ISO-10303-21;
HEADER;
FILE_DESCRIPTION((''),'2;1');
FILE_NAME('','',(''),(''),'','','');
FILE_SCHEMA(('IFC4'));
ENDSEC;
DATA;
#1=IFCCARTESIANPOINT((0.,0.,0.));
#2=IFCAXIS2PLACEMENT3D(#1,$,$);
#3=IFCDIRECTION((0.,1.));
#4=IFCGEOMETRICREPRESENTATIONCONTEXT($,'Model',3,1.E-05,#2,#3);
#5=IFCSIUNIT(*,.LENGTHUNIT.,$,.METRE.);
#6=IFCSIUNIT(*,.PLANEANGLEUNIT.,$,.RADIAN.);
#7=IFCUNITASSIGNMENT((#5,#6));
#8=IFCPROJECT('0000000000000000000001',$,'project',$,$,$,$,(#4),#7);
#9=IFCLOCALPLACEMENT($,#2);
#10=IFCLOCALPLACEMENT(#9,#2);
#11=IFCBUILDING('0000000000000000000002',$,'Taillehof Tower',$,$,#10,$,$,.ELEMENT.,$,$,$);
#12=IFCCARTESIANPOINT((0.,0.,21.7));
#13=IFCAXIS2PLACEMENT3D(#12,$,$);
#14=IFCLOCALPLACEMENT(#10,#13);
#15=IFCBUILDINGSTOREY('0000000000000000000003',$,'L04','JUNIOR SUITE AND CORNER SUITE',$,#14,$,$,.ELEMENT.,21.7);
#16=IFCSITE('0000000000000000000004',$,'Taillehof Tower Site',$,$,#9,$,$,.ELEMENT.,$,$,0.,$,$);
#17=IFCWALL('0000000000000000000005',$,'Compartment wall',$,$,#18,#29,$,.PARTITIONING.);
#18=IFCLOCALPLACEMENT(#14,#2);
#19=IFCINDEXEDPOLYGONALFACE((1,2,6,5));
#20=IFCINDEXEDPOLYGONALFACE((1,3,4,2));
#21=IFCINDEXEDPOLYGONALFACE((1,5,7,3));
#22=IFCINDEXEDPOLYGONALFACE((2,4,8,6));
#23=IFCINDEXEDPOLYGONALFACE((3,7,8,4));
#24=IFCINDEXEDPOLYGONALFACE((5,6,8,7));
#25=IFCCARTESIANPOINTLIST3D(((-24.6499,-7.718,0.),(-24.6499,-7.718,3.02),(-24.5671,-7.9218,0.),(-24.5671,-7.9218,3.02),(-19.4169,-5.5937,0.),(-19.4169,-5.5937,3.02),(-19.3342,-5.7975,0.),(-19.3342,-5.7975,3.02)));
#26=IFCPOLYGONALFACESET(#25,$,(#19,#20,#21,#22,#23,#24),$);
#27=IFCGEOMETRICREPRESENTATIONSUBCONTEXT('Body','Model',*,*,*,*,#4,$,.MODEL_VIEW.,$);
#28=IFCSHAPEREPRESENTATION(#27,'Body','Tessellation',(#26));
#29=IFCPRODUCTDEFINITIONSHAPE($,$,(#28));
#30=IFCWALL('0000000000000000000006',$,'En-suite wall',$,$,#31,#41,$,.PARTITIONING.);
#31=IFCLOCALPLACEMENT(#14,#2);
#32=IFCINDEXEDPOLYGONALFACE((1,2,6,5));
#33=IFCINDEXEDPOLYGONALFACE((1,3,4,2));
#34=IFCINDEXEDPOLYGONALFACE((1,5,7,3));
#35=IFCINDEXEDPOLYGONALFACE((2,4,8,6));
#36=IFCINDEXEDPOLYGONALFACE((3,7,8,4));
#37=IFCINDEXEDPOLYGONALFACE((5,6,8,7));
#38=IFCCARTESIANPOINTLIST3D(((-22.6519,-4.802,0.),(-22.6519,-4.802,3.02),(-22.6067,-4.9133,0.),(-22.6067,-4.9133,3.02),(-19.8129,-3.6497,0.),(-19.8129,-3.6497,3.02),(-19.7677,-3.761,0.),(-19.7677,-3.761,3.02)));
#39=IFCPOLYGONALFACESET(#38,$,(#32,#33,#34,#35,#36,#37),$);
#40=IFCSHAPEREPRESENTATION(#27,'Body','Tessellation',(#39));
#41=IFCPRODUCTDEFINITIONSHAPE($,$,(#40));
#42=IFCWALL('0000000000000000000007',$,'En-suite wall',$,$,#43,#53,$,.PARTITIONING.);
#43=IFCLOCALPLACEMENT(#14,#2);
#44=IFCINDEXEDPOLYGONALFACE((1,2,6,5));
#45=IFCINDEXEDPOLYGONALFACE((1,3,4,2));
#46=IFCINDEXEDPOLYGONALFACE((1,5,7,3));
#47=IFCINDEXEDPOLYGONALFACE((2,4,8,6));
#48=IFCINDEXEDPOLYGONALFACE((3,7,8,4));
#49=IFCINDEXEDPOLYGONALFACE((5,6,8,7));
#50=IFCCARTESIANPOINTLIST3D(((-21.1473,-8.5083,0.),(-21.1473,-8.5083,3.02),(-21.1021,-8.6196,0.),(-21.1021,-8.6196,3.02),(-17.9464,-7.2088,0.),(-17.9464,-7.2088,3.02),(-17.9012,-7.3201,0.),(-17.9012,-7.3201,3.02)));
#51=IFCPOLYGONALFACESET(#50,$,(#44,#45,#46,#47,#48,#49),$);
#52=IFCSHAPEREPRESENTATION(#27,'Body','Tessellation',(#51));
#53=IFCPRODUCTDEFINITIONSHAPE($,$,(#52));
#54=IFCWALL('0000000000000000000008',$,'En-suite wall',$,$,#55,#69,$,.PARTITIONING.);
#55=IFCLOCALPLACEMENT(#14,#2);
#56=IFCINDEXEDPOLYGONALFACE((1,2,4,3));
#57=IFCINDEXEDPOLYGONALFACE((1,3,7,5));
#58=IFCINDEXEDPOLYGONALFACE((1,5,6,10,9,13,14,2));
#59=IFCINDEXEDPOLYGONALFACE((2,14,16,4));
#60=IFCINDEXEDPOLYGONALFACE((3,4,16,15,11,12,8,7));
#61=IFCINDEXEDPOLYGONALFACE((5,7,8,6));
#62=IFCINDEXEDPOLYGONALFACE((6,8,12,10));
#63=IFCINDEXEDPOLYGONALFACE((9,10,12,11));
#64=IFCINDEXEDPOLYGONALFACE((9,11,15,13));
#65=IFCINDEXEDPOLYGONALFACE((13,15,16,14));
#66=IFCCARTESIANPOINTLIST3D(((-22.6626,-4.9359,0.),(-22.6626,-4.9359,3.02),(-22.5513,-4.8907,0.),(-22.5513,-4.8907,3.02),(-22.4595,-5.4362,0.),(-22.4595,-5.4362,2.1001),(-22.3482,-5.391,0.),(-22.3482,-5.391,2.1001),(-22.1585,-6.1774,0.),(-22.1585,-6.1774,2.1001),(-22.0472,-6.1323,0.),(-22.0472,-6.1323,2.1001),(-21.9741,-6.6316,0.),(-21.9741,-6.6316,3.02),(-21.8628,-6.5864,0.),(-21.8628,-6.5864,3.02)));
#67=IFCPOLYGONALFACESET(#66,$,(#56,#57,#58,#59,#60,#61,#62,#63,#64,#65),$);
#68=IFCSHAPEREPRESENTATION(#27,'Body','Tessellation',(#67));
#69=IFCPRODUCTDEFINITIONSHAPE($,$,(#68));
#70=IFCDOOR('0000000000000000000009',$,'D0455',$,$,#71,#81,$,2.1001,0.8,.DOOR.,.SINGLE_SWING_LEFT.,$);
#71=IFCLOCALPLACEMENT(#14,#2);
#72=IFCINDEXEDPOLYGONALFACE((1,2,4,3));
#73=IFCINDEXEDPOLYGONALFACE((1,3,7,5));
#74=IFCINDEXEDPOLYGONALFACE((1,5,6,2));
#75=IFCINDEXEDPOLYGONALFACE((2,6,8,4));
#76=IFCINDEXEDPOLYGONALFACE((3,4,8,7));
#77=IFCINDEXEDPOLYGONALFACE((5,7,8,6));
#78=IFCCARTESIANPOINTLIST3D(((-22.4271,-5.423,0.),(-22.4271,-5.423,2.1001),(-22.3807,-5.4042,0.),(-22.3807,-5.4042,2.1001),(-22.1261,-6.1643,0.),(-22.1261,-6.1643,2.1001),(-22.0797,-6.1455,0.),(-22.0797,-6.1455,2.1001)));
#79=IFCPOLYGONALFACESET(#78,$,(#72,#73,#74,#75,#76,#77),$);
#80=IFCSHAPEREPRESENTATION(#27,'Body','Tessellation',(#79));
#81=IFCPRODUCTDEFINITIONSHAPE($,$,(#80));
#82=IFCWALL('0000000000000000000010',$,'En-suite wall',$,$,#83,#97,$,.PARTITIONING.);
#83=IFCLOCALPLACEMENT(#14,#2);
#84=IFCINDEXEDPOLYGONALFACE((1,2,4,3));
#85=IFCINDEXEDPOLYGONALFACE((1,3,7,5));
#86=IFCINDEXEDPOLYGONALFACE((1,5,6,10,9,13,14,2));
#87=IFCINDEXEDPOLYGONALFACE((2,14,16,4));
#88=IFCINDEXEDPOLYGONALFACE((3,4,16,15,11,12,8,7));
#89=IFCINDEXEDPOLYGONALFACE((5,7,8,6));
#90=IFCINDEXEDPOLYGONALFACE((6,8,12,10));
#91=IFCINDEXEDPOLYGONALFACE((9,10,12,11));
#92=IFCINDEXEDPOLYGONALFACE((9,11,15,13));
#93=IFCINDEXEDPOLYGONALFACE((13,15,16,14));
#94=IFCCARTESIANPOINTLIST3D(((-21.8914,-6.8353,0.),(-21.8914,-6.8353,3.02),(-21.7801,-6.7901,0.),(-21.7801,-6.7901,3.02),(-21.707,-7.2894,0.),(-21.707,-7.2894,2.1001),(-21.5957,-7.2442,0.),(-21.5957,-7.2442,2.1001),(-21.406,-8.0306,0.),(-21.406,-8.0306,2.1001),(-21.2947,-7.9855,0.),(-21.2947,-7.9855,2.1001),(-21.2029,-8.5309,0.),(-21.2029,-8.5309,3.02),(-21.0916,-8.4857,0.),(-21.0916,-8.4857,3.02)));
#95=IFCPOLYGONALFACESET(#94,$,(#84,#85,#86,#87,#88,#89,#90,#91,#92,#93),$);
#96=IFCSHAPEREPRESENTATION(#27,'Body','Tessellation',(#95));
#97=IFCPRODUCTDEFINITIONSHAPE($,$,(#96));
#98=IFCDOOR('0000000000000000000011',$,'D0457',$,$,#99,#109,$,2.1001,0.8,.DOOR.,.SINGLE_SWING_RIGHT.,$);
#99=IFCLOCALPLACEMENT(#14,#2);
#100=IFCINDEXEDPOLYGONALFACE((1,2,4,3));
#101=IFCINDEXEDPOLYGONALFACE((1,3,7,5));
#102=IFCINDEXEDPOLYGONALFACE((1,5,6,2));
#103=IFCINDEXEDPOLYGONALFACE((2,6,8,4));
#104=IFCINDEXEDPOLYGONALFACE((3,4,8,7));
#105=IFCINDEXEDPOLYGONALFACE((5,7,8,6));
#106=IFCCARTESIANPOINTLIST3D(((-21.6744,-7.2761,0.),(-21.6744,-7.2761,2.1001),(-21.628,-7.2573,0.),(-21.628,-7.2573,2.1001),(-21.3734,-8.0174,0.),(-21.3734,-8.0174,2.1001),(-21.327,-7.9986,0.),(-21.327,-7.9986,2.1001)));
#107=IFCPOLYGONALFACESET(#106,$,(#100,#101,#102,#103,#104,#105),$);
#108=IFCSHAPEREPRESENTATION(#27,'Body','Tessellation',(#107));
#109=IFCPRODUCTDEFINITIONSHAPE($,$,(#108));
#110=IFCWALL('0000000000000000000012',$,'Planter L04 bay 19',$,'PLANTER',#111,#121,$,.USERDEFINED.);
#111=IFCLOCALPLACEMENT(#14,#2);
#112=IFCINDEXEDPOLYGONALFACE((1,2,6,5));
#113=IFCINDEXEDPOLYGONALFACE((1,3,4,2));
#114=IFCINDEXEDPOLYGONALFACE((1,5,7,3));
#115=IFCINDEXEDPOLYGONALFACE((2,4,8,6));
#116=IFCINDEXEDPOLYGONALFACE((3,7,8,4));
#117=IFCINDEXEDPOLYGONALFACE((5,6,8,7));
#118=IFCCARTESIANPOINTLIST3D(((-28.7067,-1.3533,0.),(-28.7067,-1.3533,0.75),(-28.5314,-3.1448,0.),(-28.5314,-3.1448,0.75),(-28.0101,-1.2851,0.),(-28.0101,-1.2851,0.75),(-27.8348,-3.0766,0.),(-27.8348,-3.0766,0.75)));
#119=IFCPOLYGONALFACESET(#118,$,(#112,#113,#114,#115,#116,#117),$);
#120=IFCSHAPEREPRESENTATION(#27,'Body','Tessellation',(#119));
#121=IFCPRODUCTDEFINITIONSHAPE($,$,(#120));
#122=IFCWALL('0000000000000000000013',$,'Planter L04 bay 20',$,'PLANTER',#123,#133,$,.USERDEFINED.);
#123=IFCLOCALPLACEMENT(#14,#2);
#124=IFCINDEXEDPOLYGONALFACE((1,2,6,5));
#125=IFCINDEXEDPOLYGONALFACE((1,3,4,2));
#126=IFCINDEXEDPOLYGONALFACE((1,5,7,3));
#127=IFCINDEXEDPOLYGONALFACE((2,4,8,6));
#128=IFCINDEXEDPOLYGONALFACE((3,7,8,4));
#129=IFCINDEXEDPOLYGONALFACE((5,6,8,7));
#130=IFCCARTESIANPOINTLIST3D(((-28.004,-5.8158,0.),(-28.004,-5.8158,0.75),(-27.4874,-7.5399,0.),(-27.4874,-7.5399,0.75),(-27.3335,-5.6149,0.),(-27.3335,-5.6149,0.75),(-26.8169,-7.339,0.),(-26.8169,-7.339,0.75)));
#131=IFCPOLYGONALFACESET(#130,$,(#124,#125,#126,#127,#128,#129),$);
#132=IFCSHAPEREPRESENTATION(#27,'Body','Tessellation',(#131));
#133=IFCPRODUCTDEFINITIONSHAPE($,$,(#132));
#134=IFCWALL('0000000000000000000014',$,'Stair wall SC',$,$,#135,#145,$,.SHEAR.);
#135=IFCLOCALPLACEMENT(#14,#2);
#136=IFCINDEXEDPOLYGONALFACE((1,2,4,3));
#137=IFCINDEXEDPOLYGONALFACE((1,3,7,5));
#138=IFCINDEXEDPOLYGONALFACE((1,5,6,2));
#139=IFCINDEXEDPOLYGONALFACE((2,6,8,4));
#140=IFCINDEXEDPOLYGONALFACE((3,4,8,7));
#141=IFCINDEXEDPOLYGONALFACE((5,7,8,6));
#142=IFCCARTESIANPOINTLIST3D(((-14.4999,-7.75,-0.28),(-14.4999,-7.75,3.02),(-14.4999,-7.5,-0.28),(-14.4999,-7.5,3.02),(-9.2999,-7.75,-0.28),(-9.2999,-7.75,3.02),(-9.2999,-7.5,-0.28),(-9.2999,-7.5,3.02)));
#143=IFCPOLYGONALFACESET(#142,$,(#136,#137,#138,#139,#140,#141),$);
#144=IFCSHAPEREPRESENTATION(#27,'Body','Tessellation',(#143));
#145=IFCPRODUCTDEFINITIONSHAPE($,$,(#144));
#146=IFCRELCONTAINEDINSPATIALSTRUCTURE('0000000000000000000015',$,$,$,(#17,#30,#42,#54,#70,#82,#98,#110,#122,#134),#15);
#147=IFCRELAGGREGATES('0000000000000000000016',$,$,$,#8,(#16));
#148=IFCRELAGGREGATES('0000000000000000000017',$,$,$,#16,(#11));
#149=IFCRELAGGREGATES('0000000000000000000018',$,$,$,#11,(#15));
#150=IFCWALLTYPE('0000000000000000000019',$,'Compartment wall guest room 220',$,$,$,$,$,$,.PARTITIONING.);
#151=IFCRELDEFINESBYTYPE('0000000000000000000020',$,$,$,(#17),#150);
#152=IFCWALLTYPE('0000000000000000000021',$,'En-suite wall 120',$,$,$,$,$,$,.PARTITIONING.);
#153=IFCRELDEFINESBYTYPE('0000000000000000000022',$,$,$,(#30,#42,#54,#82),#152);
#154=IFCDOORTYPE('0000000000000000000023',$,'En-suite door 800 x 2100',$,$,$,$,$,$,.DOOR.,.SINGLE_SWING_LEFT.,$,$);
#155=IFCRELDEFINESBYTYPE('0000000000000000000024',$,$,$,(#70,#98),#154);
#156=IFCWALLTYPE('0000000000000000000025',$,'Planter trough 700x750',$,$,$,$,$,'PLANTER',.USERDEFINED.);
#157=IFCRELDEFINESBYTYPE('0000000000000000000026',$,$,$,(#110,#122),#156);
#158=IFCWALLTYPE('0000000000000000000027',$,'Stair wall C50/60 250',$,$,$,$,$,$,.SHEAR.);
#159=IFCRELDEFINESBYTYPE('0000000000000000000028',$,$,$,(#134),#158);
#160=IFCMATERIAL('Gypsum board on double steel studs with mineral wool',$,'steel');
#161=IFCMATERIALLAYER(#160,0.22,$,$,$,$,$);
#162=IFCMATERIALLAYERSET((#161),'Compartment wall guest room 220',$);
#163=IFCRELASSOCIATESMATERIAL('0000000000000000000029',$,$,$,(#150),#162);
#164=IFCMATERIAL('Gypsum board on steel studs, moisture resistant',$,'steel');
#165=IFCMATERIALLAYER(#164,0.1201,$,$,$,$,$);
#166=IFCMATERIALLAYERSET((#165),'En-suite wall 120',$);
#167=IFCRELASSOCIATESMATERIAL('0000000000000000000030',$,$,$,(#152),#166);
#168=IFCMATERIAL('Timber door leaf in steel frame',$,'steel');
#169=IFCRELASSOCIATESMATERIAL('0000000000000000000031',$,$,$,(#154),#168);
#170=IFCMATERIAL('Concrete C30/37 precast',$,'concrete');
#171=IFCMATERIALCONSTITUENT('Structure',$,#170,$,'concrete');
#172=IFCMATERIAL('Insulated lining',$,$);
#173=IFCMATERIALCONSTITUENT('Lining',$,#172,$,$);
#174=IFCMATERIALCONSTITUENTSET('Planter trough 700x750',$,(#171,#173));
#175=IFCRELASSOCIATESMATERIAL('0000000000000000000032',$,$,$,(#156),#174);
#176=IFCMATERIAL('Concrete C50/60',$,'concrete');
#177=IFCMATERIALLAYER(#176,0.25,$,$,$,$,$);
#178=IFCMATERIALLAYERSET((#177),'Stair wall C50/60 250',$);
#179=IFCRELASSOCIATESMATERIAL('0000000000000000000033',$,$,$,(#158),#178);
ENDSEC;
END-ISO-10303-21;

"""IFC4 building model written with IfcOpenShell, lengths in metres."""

from ifc_helpers import new_model, si_unit, direction, frame, frame_2d, origin, place, context, subcontext, project, spatial, rectangle, extrude, material, layer, layer_set, constituent, constituent_set, type_object, element, fill, save


model = new_model("IFC4")

# Units and contexts
model_context = context("Model", 3, precision=1e-05, world=origin(), true_north=direction((0.0, 1.0)))
body_context = subcontext(model_context, "Body", "Model", "MODEL_VIEW")
ifc_project = project(units=[si_unit("LENGTHUNIT", "METRE"), si_unit("PLANEANGLEUNIT", "RADIAN")], contexts=[model_context])

# Site, building, storey
site_placement = place(None, origin())
site = spatial("IfcSite", under=ifc_project, at=site_placement, Name="Taillehof Tower Site", CompositionType="ELEMENT", RefElevation=0.0)
building_placement = place(site_placement, origin())
building = spatial("IfcBuilding", under=site, at=building_placement, Name="Taillehof Tower", CompositionType="ELEMENT")
storey_placement = place(building_placement, frame((0.0, 0.0, 21.7)))
storey = spatial("IfcBuildingStorey", under=building, at=storey_placement, Name="L04", Description="JUNIOR SUITE AND CORNER SUITE", CompositionType="ELEMENT", Elevation=21.7)

# Walls
ifc_material_1 = material(Name="Gypsum board on double steel studs with mineral wool", Category="steel")
ifc_layer_1 = layer(ifc_material_1, 0.22)
ifc_layer_set_1 = layer_set([ifc_layer_1], Name="Compartment wall guest room 220")
wall_type_1 = type_object("IfcWallType", Name="Compartment wall guest room 220", PredefinedType="PARTITIONING", material=ifc_layer_set_1)
wall_1_placement = place(storey_placement, frame((-24.6084, -7.8198, 0.0), z_axis=(0.0, 0.0, 1.0), x_axis=(0.926565, 0.376134, 0.0)))
element("IfcWall", 1, at=wall_1_placement, inside=storey, type_object=wall_type_1, Name="Compartment wall", PredefinedType="PARTITIONING", context=body_context, shape_type="SweptSolid", body=[
    extrude(rectangle(XDim=5.6477, YDim=0.22, at=frame_2d((2.8237, 0.0))), origin(), (0.0, 0.0, 1.0), 3.02),
])
ifc_material_2 = material(Name="Gypsum board on steel studs, moisture resistant", Category="steel")
ifc_layer_2 = layer(ifc_material_2, 0.1201)
ifc_layer_set_2 = layer_set([ifc_layer_2], Name="En-suite wall 120")
wall_type_2 = type_object("IfcWallType", Name="En-suite wall 120", PredefinedType="PARTITIONING", material=ifc_layer_set_2)
wall_2_placement = place(storey_placement, frame((-19.7903, -3.7053, 0.0), z_axis=(0.0, 0.0, 1.0), x_axis=(-0.926585, -0.376084, 0.0)))
element("IfcWall", 2, at=wall_2_placement, inside=storey, type_object=wall_type_2, Name="En-suite wall", PredefinedType="PARTITIONING", context=body_context, shape_type="SweptSolid", body=[
    extrude(rectangle(XDim=3.064, YDim=0.1201, at=frame_2d((1.532, 0.0))), origin(), (0.0, 0.0, 1.0), 3.02),
])
wall_3_placement = place(storey_placement, frame((-17.9238, -7.2644, 0.0), z_axis=(0.0, 0.0, 1.0), x_axis=(-0.926549, -0.376174, 0.0)))
element("IfcWall", 3, at=wall_3_placement, inside=storey, type_object=wall_type_2, Name="En-suite wall", PredefinedType="PARTITIONING", context=body_context, shape_type="SweptSolid", body=[
    extrude(rectangle(XDim=3.4546, YDim=0.1201, at=frame_2d((1.7273, 0.0))), origin(), (0.0, 0.0, 1.0), 3.02),
])

# Walls, openings, doors
wall_4_placement = place(storey_placement, frame((-22.6069, -4.9133, 0.0), z_axis=(0.0, 0.0, 1.0), x_axis=(0.376216, -0.926532, 0.0)))
wall_4 = element("IfcWall", 4, at=wall_4_placement, inside=storey, type_object=wall_type_2, Name="En-suite wall", PredefinedType="PARTITIONING", context=body_context, shape_type="SweptSolid", body=[
    extrude(rectangle(XDim=1.8301, YDim=0.1201, at=frame_2d((0.915, 0.0))), origin(), (0.0, 0.0, 1.0), 3.02),
])
opening_1_placement = place(wall_4_placement, frame((0.54, 0.0, 0.0)))
opening_1 = element("IfcOpeningElement", 5, at=opening_1_placement, cuts=wall_4, PredefinedType="OPENING", context=body_context, shape_type="SweptSolid", body=[
    extrude(rectangle(XDim=0.8, YDim=2.1001, at=frame_2d((0.3999, 1.05))), frame((0.0, 0.0701, 0.0), z_axis=(0.0, -1.0, 0.0), x_axis=(1.0, 0.0, 0.0)), (0.0, 0.0, 1.0), 0.1401),
])
ifc_material_3 = material(Name="Timber door leaf in steel frame", Category="steel")
door_type_1 = type_object("IfcDoorType", Name="En-suite door 800 x 2100", OperationType="SINGLE_SWING_LEFT", PredefinedType="DOOR", material=ifc_material_3)
door_1_placement = place(opening_1_placement, origin())
door_1 = element("IfcDoor", 6, at=door_1_placement, inside=storey, type_object=door_type_1, Name="D0455", OperationType="SINGLE_SWING_LEFT", OverallHeight=2.1001, OverallWidth=0.8, PredefinedType="DOOR", context=body_context, shape_type="SweptSolid", body=[
    extrude(rectangle(XDim=0.8, YDim=2.1001, at=frame_2d((0.3999, 1.05))), frame((0.0, 0.0249, 0.0), z_axis=(0.0, -1.0, 0.0), x_axis=(1.0, 0.0, 0.0)), (0.0, 0.0, 1.0), 0.05),
])
fill(opening_1, door_1)
wall_5_placement = place(storey_placement, frame((-21.1472, -8.5083, 0.0), z_axis=(0.0, 0.0, 1.0), x_axis=(-0.376216, 0.926532, 0.0)))
wall_5 = element("IfcWall", 7, at=wall_5_placement, inside=storey, type_object=wall_type_2, Name="En-suite wall", PredefinedType="PARTITIONING", context=body_context, shape_type="SweptSolid", body=[
    extrude(rectangle(XDim=1.8301, YDim=0.1201, at=frame_2d((0.915, 0.0))), origin(), (0.0, 0.0, 1.0), 3.02),
])
opening_2_placement = place(wall_5_placement, frame((0.54, 0.0, 0.0)))
opening_2 = element("IfcOpeningElement", 8, at=opening_2_placement, cuts=wall_5, PredefinedType="OPENING", context=body_context, shape_type="SweptSolid", body=[
    extrude(rectangle(XDim=0.8, YDim=2.1001, at=frame_2d((0.3999, 1.05))), frame((0.0, 0.0701, 0.0), z_axis=(0.0, -1.0, 0.0), x_axis=(1.0, 0.0, 0.0)), (0.0, 0.0, 1.0), 0.1401),
])
door_2_placement = place(opening_2_placement, origin())
door_2 = element("IfcDoor", 9, at=door_2_placement, inside=storey, type_object=door_type_1, Name="D0457", OperationType="SINGLE_SWING_RIGHT", OverallHeight=2.1001, OverallWidth=0.8, PredefinedType="DOOR", context=body_context, shape_type="SweptSolid", body=[
    extrude(rectangle(XDim=0.8, YDim=2.1001, at=frame_2d((0.3999, 1.05))), frame((0.0, 0.0249, 0.0), z_axis=(0.0, -1.0, 0.0), x_axis=(1.0, 0.0, 0.0)), (0.0, 0.0, 1.0), 0.05),
])
fill(opening_2, door_2)

# Walls
ifc_material_4 = material(Name="Concrete C30/37 precast", Category="concrete")
ifc_constituent_1 = constituent(ifc_material_4, Name="Structure", Category="concrete")
ifc_material_5 = material(Name="Insulated lining")
ifc_constituent_2 = constituent(ifc_material_5, Name="Lining")
ifc_constituent_set = constituent_set(constituents=[ifc_constituent_1, ifc_constituent_2], Name="Planter trough 700x750")
wall_type_3 = type_object("IfcWallType", Name="Planter trough 700x750", ElementType="PLANTER", PredefinedType="USERDEFINED", material=ifc_constituent_set)
wall_6_placement = place(storey_placement, frame((-28.3584, -1.3193, 0.0), z_axis=(0.0, 0.0, 1.0), x_axis=(0.097382, -0.995247, 0.0)))
element("IfcWall", 10, at=wall_6_placement, inside=storey, type_object=wall_type_3, Name="Planter L04 bay 19", ObjectType="PLANTER", PredefinedType="USERDEFINED", context=body_context, shape_type="SweptSolid", body=[
    extrude(rectangle(XDim=1.8, YDim=0.7, at=frame_2d((0.8999, 0.0))), origin(), (0.0, 0.0, 1.0), 0.75),
])
wall_7_placement = place(storey_placement, frame((-27.6687, -5.7153, 0.0), z_axis=(0.0, 0.0, 1.0), x_axis=(0.287024, -0.957923, 0.0)))
element("IfcWall", 11, at=wall_7_placement, inside=storey, type_object=wall_type_3, Name="Planter L04 bay 20", ObjectType="PLANTER", PredefinedType="USERDEFINED", context=body_context, shape_type="SweptSolid", body=[
    extrude(rectangle(XDim=1.7998, YDim=0.7, at=frame_2d((0.8999, 0.0))), origin(), (0.0, 0.0, 1.0), 0.75),
])
ifc_material_6 = material(Name="Concrete C50/60", Category="concrete")
ifc_layer_3 = layer(ifc_material_6, 0.25)
ifc_layer_set_3 = layer_set([ifc_layer_3], Name="Stair wall C50/60 250")
wall_type_4 = type_object("IfcWallType", Name="Stair wall C50/60 250", PredefinedType="SHEAR", material=ifc_layer_set_3)
wall_8_placement = place(storey_placement, frame((-14.5, -7.625, -0.28), z_axis=(0.0, 0.0, 1.0), x_axis=(1.0, 0.0, 0.0)))
element("IfcWall", 12, at=wall_8_placement, inside=storey, type_object=wall_type_4, Name="Stair wall SC", PredefinedType="SHEAR", context=body_context, shape_type="SweptSolid", body=[
    extrude(rectangle(XDim=5.2, YDim=0.25, at=frame_2d((2.6001, 0.0))), origin(), (0.0, 0.0, 1.0), 3.3),
])

save(model, "model.ifc")
